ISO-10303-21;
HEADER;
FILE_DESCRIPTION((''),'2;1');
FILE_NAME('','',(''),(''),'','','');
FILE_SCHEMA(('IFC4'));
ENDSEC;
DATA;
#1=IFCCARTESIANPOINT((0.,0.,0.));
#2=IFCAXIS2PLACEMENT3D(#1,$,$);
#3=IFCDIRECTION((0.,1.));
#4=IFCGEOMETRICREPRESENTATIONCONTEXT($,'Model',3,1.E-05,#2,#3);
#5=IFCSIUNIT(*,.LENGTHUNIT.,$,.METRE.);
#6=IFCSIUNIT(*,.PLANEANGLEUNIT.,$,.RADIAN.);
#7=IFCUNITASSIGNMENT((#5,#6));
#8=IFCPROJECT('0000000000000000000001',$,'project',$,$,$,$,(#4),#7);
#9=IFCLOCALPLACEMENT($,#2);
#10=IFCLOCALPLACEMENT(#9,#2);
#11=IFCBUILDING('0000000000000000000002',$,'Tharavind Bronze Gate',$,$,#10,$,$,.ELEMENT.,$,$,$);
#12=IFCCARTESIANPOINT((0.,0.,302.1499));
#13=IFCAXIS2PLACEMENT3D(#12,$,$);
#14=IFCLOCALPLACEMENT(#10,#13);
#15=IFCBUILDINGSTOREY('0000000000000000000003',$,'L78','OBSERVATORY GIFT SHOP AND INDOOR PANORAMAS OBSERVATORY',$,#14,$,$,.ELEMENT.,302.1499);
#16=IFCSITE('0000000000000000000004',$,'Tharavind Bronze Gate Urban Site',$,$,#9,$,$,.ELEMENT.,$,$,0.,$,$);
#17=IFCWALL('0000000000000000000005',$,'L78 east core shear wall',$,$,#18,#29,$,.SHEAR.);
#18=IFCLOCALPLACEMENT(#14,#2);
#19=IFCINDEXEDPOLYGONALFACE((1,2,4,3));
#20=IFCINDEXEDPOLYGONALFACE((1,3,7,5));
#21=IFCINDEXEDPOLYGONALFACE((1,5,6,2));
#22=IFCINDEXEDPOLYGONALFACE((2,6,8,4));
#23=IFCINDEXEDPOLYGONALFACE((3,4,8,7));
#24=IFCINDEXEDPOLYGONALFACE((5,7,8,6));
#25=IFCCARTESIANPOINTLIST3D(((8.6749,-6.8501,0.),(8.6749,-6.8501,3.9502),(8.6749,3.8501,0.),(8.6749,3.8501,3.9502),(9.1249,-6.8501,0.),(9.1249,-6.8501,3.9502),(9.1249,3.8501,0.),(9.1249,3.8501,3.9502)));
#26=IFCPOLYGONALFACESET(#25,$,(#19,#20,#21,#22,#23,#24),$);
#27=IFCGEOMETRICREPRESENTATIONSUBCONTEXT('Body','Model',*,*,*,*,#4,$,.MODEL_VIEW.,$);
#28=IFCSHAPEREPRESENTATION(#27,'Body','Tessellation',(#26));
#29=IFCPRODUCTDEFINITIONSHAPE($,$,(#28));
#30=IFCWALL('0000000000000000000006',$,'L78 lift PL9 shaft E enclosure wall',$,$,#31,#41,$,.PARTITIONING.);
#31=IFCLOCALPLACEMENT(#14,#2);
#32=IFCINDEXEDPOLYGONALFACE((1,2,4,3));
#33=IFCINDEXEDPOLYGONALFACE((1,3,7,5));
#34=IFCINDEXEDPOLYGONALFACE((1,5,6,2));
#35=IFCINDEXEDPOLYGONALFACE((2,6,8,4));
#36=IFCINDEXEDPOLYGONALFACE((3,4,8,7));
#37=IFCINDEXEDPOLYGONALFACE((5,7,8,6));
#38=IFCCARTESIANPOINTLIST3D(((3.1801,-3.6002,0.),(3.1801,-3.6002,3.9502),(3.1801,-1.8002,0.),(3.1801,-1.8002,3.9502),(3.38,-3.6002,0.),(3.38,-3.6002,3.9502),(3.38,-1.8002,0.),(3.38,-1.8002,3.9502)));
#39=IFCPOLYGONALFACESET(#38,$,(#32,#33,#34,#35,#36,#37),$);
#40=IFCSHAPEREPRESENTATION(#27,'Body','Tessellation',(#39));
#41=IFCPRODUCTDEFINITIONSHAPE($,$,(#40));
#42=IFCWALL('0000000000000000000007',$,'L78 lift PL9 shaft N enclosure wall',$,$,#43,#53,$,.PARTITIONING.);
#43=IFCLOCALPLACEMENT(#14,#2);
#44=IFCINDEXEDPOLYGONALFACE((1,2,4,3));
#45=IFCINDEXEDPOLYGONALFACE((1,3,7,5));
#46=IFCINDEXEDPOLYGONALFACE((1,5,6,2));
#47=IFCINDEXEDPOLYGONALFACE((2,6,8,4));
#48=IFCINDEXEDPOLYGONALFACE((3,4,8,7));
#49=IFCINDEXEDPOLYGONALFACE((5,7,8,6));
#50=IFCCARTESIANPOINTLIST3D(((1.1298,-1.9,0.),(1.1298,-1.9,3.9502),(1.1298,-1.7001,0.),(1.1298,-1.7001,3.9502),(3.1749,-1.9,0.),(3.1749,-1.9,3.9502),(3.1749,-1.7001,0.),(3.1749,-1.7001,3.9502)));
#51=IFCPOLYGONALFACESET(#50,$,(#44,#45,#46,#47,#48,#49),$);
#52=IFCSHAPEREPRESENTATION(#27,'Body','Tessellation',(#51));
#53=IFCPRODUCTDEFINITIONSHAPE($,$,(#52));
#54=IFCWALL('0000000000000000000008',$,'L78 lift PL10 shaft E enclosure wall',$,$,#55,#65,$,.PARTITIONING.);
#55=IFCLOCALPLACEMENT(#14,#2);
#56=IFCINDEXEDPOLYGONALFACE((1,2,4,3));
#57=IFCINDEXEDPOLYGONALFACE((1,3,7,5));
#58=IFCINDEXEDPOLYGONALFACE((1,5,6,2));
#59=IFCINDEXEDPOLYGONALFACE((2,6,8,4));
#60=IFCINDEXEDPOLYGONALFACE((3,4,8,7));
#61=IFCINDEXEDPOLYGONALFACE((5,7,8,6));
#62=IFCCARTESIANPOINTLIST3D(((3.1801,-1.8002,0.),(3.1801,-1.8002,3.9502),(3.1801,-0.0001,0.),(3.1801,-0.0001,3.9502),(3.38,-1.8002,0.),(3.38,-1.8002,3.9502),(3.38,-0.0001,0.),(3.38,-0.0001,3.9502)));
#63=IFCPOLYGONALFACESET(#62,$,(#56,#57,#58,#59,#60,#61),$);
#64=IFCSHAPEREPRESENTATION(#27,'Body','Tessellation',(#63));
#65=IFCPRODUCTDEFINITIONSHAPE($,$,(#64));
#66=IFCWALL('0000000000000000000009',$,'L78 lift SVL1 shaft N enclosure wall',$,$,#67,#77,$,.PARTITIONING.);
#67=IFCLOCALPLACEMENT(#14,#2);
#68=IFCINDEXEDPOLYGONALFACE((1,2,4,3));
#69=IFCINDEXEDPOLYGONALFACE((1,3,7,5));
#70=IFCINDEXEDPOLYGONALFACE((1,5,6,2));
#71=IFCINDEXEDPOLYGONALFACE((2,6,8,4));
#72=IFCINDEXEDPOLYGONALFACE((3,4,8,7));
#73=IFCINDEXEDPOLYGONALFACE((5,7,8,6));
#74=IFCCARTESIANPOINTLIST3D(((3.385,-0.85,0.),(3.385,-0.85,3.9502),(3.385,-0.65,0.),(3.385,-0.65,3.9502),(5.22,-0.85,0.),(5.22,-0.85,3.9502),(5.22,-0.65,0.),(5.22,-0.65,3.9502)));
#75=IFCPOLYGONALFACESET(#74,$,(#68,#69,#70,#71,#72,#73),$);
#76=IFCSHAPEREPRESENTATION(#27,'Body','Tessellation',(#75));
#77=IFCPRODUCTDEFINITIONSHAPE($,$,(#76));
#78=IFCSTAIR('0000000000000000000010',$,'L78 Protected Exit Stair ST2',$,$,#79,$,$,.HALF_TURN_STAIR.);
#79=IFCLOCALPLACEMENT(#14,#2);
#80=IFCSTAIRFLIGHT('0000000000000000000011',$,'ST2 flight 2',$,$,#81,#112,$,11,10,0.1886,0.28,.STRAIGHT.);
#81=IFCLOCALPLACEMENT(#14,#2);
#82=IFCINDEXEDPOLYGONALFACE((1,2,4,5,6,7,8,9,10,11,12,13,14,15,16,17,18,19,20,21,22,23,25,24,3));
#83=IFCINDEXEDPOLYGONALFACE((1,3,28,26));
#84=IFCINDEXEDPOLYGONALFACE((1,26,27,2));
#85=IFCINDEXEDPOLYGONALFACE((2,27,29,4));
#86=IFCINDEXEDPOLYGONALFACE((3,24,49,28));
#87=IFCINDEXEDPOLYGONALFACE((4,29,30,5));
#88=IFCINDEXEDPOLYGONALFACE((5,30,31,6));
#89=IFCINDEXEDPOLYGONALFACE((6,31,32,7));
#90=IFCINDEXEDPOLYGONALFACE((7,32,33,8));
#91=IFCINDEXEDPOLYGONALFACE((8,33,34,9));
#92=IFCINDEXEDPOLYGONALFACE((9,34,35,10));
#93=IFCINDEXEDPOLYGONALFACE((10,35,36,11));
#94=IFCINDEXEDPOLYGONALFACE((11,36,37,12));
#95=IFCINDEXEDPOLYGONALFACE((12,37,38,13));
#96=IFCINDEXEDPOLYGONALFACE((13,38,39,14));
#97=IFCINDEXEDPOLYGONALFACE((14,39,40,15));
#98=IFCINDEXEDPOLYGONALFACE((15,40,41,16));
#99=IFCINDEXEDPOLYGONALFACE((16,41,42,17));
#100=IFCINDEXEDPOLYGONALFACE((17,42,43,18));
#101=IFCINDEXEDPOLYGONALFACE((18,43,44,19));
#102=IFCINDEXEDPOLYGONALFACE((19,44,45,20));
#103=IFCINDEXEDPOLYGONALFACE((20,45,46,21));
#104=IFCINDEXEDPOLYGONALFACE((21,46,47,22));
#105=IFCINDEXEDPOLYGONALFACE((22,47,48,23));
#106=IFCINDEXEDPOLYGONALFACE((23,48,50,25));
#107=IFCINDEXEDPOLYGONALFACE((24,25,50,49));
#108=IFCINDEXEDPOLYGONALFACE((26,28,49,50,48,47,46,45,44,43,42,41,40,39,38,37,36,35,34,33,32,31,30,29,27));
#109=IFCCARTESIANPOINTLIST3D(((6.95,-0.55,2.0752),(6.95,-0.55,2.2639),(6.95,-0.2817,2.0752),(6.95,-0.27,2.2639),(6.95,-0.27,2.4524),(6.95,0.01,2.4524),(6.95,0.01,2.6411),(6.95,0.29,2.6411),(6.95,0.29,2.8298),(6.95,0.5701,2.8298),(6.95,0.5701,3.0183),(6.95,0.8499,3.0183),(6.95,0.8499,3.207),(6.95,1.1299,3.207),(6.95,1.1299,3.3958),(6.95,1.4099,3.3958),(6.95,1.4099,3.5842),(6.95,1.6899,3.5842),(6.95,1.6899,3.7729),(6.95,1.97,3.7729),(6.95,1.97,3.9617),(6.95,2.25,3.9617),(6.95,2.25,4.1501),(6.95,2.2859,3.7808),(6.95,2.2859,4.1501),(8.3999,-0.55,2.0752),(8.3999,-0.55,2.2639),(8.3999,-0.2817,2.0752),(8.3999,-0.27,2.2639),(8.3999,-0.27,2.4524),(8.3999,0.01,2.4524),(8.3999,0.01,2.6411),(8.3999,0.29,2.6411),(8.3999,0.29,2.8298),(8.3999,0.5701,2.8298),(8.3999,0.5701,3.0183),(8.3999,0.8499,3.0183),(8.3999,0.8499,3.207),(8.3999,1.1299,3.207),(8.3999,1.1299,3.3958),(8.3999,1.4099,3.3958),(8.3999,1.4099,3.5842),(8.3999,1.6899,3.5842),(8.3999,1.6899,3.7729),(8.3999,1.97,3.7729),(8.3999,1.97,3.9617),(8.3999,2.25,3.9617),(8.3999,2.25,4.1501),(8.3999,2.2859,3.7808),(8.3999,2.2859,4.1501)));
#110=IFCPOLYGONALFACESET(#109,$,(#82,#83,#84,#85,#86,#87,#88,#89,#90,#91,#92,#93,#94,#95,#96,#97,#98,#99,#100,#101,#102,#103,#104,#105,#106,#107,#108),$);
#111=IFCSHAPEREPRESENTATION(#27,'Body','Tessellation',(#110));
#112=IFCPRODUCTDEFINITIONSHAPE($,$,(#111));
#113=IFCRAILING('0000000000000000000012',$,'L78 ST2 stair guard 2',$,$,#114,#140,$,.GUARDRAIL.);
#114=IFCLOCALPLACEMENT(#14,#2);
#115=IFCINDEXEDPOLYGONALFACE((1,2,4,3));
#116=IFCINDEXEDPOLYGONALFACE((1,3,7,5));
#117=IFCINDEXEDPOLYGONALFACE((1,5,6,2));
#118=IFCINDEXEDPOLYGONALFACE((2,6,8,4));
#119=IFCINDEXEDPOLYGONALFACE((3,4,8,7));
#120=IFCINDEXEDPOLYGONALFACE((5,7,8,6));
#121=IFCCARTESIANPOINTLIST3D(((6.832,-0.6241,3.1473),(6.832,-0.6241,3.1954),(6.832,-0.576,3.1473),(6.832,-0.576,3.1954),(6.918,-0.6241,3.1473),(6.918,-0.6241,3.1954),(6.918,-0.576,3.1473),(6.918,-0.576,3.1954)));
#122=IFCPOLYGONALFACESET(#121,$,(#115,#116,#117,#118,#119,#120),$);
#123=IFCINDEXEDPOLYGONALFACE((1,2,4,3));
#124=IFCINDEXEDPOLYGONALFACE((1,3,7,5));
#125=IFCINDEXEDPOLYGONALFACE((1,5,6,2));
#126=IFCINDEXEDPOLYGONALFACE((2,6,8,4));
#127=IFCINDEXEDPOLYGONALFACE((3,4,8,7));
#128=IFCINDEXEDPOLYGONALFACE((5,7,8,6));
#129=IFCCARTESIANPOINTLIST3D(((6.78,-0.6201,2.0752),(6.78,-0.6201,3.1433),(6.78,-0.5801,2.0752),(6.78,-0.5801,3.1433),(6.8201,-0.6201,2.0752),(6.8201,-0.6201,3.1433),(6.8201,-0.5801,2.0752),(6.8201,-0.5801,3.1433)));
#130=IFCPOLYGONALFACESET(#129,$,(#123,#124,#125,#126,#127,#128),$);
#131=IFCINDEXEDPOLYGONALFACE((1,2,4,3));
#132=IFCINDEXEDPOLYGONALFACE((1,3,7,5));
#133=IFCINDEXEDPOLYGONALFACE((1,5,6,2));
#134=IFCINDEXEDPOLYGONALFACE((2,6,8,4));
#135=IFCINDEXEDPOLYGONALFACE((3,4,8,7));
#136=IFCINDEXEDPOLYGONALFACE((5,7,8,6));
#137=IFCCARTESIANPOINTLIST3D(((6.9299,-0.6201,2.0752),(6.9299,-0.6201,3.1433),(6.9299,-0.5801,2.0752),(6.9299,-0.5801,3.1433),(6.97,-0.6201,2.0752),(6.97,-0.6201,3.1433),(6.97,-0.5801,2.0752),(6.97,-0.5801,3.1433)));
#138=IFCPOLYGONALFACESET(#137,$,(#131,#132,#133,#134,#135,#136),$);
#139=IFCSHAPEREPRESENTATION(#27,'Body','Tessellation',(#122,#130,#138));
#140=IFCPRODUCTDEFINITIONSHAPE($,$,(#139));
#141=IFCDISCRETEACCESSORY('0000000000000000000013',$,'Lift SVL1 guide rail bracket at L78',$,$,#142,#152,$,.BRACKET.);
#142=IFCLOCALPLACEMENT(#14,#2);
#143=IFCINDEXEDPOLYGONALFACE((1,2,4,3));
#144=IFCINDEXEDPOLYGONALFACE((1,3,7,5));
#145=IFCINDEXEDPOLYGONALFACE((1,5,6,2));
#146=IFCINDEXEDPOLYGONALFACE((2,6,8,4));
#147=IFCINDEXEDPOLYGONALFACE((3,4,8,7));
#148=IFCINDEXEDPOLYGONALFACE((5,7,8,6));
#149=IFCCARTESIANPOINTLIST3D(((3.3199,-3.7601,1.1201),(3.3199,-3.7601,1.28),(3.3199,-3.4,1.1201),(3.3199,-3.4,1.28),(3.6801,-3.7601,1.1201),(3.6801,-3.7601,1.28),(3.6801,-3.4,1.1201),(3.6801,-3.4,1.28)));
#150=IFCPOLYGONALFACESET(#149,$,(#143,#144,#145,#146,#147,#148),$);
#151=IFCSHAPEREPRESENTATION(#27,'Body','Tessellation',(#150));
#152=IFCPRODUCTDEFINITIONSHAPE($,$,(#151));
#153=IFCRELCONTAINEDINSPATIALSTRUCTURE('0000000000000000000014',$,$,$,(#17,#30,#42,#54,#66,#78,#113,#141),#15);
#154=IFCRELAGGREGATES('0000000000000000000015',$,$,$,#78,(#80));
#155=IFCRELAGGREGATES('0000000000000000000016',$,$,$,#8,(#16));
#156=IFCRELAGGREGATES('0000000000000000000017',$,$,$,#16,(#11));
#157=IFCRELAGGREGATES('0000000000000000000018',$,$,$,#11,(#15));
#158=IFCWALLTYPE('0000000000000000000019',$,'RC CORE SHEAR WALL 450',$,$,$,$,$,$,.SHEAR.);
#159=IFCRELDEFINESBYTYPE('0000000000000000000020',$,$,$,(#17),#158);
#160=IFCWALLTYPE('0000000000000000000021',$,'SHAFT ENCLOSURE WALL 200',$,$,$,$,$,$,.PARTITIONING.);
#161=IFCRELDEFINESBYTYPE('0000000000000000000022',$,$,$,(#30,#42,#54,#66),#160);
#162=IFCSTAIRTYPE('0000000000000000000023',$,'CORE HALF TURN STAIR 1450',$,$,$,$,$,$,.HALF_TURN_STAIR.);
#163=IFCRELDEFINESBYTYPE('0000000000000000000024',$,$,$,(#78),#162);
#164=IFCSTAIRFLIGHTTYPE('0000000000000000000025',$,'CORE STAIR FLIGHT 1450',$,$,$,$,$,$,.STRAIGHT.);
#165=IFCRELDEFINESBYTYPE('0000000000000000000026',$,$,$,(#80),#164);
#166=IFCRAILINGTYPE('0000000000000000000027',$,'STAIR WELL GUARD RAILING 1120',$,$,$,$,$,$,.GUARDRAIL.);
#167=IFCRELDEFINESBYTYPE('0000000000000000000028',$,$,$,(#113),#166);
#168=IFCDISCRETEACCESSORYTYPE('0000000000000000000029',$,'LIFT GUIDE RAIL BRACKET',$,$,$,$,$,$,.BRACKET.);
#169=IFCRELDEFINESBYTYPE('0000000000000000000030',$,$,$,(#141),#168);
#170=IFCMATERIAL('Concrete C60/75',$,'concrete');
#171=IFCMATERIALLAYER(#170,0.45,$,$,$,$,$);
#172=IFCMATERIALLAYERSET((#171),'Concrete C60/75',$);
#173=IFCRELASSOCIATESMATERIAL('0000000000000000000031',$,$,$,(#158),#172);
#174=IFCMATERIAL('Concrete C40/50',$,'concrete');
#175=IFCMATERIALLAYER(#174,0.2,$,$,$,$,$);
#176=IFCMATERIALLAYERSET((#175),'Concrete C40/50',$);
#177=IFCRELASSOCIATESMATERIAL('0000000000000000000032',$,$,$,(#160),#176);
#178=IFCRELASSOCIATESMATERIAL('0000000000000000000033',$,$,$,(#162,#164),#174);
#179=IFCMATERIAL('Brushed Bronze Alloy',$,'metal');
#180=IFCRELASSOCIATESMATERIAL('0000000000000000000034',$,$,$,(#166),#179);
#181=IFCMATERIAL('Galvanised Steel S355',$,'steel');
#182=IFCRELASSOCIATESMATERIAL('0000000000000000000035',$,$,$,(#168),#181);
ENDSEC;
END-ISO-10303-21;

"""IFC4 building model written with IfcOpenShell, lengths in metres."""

from ifc_helpers import new_model, si_unit, direction, frame, frame_2d, origin, origin_2d, place, context, subcontext, project, spatial, polyline, rectangle, outline, extrude, material, layer, layer_set, type_object, element, aggregate, save


model = new_model("IFC4")

# Units and contexts
model_context = context("Model", 3, precision=1e-05, world=origin(), true_north=direction((0.0, 1.0)))
body_context = subcontext(model_context, "Body", "Model", "MODEL_VIEW")
ifc_project = project(units=[si_unit("LENGTHUNIT", "METRE"), si_unit("PLANEANGLEUNIT", "RADIAN")], contexts=[model_context])

# Site, building, storey
site_placement = place(None, origin())
site = spatial("IfcSite", under=ifc_project, at=site_placement, Name="Tharavind Bronze Gate Urban Site", CompositionType="ELEMENT", RefElevation=0.0)
building_placement = place(site_placement, origin())
building = spatial("IfcBuilding", under=site, at=building_placement, Name="Tharavind Bronze Gate", CompositionType="ELEMENT")
storey_placement = place(building_placement, frame((0.0, 0.0, 302.1499)))
storey = spatial("IfcBuildingStorey", under=building, at=storey_placement, Name="L78", Description="OBSERVATORY GIFT SHOP AND INDOOR PANORAMAS OBSERVATORY", CompositionType="ELEMENT", Elevation=302.1499)

# Walls
ifc_material_1 = material(Name="Concrete C60/75", Category="concrete")
ifc_layer_1 = layer(ifc_material_1, 0.45)
ifc_layer_set_1 = layer_set([ifc_layer_1], Name="Concrete C60/75")
wall_type_1 = type_object("IfcWallType", Name="RC CORE SHEAR WALL 450", PredefinedType="SHEAR", material=ifc_layer_set_1)
wall_1_placement = place(storey_placement, frame((8.8999, -6.8501, 0.0), z_axis=(0.0, 0.0, 1.0), x_axis=(0.0, 1.0, 0.0)))
element("IfcWall", 1, at=wall_1_placement, inside=storey, type_object=wall_type_1, Name="L78 east core shear wall", PredefinedType="SHEAR", context=body_context, shape_type="SweptSolid", body=[
    extrude(rectangle(XDim=10.7002, YDim=0.45, at=frame_2d((5.3501, 0.0))), origin(), (0.0, 0.0, 1.0), 3.9502),
])
ifc_material_2 = material(Name="Concrete C40/50", Category="concrete")
ifc_layer_2 = layer(ifc_material_2, 0.2)
ifc_layer_set_2 = layer_set([ifc_layer_2], Name="Concrete C40/50")
wall_type_2 = type_object("IfcWallType", Name="SHAFT ENCLOSURE WALL 200", PredefinedType="PARTITIONING", material=ifc_layer_set_2)
wall_2_placement = place(storey_placement, frame((3.28, -3.6001, 0.0), z_axis=(0.0, 0.0, 1.0), x_axis=(0.0, 1.0, 0.0)))
element("IfcWall", 2, at=wall_2_placement, inside=storey, type_object=wall_type_2, Name="L78 lift PL9 shaft E enclosure wall", PredefinedType="PARTITIONING", context=body_context, shape_type="SweptSolid", body=[
    extrude(rectangle(XDim=1.8, YDim=0.2, at=frame_2d((0.8999, 0.0))), origin(), (0.0, 0.0, 1.0), 3.9502),
])
wall_3_placement = place(storey_placement, frame((1.1299, -1.8, 0.0), z_axis=(0.0, 0.0, 1.0), x_axis=(1.0, 0.0, 0.0)))
element("IfcWall", 3, at=wall_3_placement, inside=storey, type_object=wall_type_2, Name="L78 lift PL9 shaft N enclosure wall", PredefinedType="PARTITIONING", context=body_context, shape_type="SweptSolid", body=[
    extrude(rectangle(XDim=2.0452, YDim=0.2, at=frame_2d((1.0225, 0.0))), origin(), (0.0, 0.0, 1.0), 3.9502),
])
wall_4_placement = place(storey_placement, frame((3.28, -1.8, 0.0), z_axis=(0.0, 0.0, 1.0), x_axis=(0.0, 1.0, 0.0)))
element("IfcWall", 4, at=wall_4_placement, inside=storey, type_object=wall_type_2, Name="L78 lift PL10 shaft E enclosure wall", PredefinedType="PARTITIONING", context=body_context, shape_type="SweptSolid", body=[
    extrude(rectangle(XDim=1.8, YDim=0.2, at=frame_2d((0.8999, 0.0))), origin(), (0.0, 0.0, 1.0), 3.9502),
])
wall_5_placement = place(storey_placement, frame((3.385, -0.75, 0.0), z_axis=(0.0, 0.0, 1.0), x_axis=(1.0, 0.0, 0.0)))
element("IfcWall", 5, at=wall_5_placement, inside=storey, type_object=wall_type_2, Name="L78 lift SVL1 shaft N enclosure wall", PredefinedType="PARTITIONING", context=body_context, shape_type="SweptSolid", body=[
    extrude(rectangle(XDim=1.835, YDim=0.2, at=frame_2d((0.9175, 0.0))), origin(), (0.0, 0.0, 1.0), 3.9502),
])

# Stair, stair flight
stair_type = type_object("IfcStairType", Name="CORE HALF TURN STAIR 1450", PredefinedType="HALF_TURN_STAIR", material=ifc_material_2)
stair_placement = place(storey_placement, origin())
stair = element("IfcStair", 6, at=stair_placement, inside=storey, type_object=stair_type, Name="L78 Protected Exit Stair ST2", PredefinedType="HALF_TURN_STAIR")
stair_flight_type = type_object("IfcStairFlightType", Name="CORE STAIR FLIGHT 1450", PredefinedType="STRAIGHT", material=ifc_material_2)
stair_flight_placement = place(storey_placement, frame((7.675, -0.55, 2.0752), z_axis=(0.0, 0.0, 1.0), x_axis=(0.0, 1.0, 0.0)))
stair_flight = element("IfcStairFlight", 7, at=stair_flight_placement, type_object=stair_flight_type, Name="ST2 flight 2", NumberOfRisers=11, NumberOfTreads=10, PredefinedType="STRAIGHT", RiserHeight=0.1886, TreadLength=0.28, context=body_context, shape_type="SweptSolid", body=[
    extrude(outline(polyline([(0.0, 0.0), (0.0, 0.1887), (0.28, 0.1887), (0.28, 0.3772), (0.5601, 0.3772), (0.5601, 0.5659), (0.8401, 0.5659), (0.8401, 0.7546), (1.1201, 0.7546), (1.1201, 0.9431), (1.3999, 0.9431), (1.3999, 1.1318), (1.6799, 1.1318), (1.6799, 1.3206), (1.96, 1.3206), (1.96, 1.509), (2.24, 1.509), (2.24, 1.6978), (2.52, 1.6978), (2.52, 1.8865), (2.8, 1.8865), (2.8, 2.075), (2.8359, 2.075), (2.8359, 1.7056), (0.2683, 0.0), (0.0, 0.0)])), frame((0.0, 0.7251, 0.0), z_axis=(0.0, -1.0, 0.0), x_axis=(1.0, 0.0, 0.0)), (0.0, 0.0, 1.0), 1.45),
])
aggregate(stair, [stair_flight])

# Railing
ifc_material_3 = material(Name="Brushed Bronze Alloy", Category="metal")
railing_type = type_object("IfcRailingType", Name="STAIR WELL GUARD RAILING 1120", PredefinedType="GUARDRAIL", material=ifc_material_3)
railing_placement = place(storey_placement, frame((6.8, -0.6001, 2.0752)))
element("IfcRailing", 8, at=railing_placement, inside=storey, type_object=railing_type, Name="L78 ST2 stair guard 2", PredefinedType="GUARDRAIL", context=body_context, shape_type="SweptSolid", body=[
    extrude(rectangle(XDim=0.0481, YDim=0.0481, at=origin_2d()), frame((0.032, 0.0, 1.0962), z_axis=(1.0, 0.0, 0.0), x_axis=(0.0, 1.0, 0.0)), (0.0, 0.0, 1.0), 0.0859),
    extrude(rectangle(XDim=0.04, YDim=0.04, at=origin_2d()), origin(), (0.0, 0.0, 1.0), 1.0681),
    extrude(rectangle(XDim=0.04, YDim=0.04, at=origin_2d()), frame((0.1499, 0.0, 0.0)), (0.0, 0.0, 1.0), 1.0681),
])

# Discrete accessory
ifc_material_4 = material(Name="Galvanised Steel S355", Category="steel")
discrete_accessory_type = type_object("IfcDiscreteAccessoryType", Name="LIFT GUIDE RAIL BRACKET", PredefinedType="BRACKET", material=ifc_material_4)
discrete_accessory_placement = place(storey_placement, frame((3.5, -3.5801, 1.1201), z_axis=(0.0, 0.0, 1.0), x_axis=(1.0, 0.0, 0.0)))
element("IfcDiscreteAccessory", 9, at=discrete_accessory_placement, inside=storey, type_object=discrete_accessory_type, Name="Lift SVL1 guide rail bracket at L78", PredefinedType="BRACKET", context=body_context, shape_type="SweptSolid", body=[
    extrude(rectangle(XDim=0.3601, YDim=0.3601, at=origin_2d()), origin(), (0.0, 0.0, 1.0), 0.1599),
])

save(model, "model.ifc")
